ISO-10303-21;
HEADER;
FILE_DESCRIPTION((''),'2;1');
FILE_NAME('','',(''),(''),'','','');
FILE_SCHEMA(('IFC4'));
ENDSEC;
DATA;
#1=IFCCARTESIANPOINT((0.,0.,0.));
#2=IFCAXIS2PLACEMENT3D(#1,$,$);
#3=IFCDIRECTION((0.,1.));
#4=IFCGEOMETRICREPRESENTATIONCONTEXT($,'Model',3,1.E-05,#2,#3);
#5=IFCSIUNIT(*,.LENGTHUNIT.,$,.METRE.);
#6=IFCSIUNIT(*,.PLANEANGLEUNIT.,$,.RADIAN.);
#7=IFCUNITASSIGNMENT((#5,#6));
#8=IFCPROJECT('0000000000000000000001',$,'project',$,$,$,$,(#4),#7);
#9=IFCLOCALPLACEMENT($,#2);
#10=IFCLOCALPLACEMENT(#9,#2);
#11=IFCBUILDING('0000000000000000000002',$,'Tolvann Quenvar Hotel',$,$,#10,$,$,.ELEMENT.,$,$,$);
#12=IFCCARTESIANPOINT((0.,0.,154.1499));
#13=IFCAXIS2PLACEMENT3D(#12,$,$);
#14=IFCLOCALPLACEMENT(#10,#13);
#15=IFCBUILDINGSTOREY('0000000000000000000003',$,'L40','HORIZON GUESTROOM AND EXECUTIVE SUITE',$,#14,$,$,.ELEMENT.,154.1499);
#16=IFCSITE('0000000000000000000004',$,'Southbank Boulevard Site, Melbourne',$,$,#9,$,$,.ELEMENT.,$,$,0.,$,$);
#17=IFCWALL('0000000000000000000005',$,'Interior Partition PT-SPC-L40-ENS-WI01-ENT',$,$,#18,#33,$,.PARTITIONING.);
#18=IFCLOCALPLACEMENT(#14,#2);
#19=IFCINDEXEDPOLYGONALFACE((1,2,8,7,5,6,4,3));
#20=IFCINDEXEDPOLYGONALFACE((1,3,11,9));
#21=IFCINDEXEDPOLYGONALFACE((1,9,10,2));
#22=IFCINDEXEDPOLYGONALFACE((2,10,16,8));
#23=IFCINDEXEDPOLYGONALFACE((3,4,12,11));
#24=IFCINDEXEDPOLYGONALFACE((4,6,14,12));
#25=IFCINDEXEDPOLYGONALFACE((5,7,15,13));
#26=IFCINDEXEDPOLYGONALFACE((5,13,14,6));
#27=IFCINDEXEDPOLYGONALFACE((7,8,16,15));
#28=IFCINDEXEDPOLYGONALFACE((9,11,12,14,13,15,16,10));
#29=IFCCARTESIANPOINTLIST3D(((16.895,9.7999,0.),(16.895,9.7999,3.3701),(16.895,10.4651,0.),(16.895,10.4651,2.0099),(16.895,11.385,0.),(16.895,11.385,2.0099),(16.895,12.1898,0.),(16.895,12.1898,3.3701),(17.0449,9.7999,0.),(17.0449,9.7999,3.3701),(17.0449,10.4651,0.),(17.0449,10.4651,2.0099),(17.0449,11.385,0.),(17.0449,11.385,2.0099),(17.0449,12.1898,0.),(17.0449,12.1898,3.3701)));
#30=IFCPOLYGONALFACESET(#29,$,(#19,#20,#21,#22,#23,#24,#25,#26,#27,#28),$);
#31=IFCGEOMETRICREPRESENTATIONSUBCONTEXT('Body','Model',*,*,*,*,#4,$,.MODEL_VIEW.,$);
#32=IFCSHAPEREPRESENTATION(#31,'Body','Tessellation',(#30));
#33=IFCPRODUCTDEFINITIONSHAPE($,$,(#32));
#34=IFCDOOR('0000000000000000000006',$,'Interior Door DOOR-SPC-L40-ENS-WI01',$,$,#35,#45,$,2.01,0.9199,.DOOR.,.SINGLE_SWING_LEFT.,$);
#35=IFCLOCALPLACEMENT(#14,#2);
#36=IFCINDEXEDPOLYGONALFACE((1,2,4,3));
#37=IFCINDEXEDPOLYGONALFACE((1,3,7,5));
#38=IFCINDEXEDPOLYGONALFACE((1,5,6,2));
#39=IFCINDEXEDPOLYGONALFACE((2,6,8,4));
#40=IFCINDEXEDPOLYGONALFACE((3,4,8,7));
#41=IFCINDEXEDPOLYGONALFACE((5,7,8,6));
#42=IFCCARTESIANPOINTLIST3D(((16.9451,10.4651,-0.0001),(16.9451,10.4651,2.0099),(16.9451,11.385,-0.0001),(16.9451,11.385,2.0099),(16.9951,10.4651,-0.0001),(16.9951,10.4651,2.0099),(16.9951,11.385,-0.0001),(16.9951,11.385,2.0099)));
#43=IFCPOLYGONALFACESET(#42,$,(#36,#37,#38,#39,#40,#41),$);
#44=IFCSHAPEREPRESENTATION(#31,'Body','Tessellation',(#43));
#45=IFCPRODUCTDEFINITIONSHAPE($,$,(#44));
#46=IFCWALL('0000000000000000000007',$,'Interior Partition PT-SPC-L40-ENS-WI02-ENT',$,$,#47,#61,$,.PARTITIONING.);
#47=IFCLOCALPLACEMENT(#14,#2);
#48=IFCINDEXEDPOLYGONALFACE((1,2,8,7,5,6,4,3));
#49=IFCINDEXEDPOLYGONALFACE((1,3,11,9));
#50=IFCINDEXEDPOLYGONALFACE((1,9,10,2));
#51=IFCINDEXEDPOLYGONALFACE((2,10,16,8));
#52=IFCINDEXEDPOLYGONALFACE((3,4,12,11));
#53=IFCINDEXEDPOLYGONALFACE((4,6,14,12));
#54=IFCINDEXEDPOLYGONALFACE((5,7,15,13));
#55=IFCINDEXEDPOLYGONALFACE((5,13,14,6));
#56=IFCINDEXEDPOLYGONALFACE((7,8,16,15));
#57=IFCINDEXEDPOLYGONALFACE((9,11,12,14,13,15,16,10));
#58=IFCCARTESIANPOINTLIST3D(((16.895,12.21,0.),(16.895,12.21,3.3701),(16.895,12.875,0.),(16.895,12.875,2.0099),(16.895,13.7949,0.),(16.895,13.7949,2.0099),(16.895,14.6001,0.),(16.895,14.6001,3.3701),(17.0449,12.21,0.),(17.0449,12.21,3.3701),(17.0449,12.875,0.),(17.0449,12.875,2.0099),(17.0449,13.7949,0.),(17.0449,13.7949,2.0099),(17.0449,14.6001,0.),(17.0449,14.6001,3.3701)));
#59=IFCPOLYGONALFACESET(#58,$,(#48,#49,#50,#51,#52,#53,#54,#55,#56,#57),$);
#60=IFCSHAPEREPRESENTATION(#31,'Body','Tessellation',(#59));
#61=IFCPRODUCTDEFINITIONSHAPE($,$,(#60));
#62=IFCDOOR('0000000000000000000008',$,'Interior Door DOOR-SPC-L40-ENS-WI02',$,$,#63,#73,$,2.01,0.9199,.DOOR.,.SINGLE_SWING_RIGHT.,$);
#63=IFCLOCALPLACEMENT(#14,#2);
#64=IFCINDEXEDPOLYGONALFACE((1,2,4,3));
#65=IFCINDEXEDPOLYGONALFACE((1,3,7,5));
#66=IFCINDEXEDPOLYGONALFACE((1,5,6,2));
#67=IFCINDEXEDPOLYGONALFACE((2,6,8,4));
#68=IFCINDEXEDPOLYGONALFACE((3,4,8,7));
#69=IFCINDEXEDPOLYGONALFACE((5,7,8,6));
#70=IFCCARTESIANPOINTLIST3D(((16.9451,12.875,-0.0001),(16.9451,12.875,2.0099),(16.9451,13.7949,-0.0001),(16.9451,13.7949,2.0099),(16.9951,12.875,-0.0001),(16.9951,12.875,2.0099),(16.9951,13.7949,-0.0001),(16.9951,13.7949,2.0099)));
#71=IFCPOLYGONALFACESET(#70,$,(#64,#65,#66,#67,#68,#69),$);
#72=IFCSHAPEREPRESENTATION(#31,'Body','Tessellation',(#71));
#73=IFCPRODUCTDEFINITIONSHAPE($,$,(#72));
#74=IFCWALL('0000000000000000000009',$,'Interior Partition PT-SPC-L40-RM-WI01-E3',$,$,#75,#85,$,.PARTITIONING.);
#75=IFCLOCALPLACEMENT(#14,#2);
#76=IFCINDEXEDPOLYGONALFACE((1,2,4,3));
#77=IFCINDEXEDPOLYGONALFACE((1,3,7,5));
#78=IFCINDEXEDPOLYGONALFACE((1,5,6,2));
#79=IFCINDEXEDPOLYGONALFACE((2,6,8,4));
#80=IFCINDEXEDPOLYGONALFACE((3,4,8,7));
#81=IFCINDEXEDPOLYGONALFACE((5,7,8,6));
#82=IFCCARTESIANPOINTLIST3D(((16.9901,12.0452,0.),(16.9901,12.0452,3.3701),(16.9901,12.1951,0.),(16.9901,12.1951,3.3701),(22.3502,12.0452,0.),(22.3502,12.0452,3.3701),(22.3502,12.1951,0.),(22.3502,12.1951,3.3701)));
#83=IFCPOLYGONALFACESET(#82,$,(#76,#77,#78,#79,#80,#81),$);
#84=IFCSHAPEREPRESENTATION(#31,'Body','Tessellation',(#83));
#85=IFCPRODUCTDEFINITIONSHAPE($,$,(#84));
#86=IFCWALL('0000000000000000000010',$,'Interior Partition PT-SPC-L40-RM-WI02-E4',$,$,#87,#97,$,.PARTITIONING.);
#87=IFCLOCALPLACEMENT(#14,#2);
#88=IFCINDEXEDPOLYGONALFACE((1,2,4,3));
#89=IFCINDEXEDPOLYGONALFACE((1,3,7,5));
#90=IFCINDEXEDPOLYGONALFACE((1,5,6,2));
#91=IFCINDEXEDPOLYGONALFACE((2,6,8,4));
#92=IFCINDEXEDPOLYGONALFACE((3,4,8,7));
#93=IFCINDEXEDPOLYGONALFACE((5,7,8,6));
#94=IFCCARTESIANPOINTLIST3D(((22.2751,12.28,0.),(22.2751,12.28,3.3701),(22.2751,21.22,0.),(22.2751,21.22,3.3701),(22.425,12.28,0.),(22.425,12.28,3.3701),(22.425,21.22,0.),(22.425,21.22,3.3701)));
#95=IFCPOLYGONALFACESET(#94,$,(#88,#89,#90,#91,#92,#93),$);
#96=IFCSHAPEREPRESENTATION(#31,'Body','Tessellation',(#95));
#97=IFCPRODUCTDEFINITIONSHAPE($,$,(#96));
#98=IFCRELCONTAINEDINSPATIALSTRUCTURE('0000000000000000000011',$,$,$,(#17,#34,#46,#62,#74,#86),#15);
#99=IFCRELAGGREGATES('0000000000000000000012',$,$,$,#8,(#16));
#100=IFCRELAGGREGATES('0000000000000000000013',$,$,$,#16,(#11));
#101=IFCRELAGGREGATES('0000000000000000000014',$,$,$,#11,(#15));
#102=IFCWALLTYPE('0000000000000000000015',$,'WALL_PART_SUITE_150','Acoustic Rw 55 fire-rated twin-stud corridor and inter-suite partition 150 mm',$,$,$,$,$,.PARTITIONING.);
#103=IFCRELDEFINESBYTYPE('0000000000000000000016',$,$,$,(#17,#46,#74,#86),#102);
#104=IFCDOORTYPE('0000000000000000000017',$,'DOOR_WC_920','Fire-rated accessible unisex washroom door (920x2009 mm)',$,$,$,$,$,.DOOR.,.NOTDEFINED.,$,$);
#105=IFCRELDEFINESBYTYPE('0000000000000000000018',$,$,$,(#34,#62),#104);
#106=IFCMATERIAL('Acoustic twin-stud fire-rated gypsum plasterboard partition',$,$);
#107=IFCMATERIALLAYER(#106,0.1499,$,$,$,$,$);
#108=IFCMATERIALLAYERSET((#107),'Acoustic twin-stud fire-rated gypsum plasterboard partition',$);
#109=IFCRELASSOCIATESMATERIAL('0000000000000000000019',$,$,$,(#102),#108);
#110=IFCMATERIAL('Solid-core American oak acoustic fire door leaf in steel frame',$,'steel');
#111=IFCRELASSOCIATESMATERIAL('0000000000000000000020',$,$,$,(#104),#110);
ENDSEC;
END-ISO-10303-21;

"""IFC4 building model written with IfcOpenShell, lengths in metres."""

from ifc_helpers import new_model, si_unit, direction, frame, frame_2d, origin, place, context, subcontext, project, spatial, rectangle, extrude, source, transform, mapped, material, layer, layer_set, type_object, type_shapes, element, fill, save


model = new_model("IFC4")

# Units and contexts
model_context = context("Model", 3, precision=1e-05, world=origin(), true_north=direction((0.0, 1.0)))
body_context = subcontext(model_context, "Body", "Model", "MODEL_VIEW")
ifc_project = project(units=[si_unit("LENGTHUNIT", "METRE"), si_unit("PLANEANGLEUNIT", "RADIAN")], contexts=[model_context])

# Site, building, storey
site_placement = place(None, origin())
site = spatial("IfcSite", under=ifc_project, at=site_placement, Name="Southbank Boulevard Site, Melbourne", CompositionType="ELEMENT", RefElevation=0.0)
building_placement = place(site_placement, origin())
building = spatial("IfcBuilding", under=site, at=building_placement, Name="Tolvann Quenvar Hotel", CompositionType="ELEMENT")
storey_placement = place(building_placement, frame((0.0, 0.0, 154.1499)))
storey = spatial("IfcBuildingStorey", under=building, at=storey_placement, Name="L40", Description="HORIZON GUESTROOM AND EXECUTIVE SUITE", CompositionType="ELEMENT", Elevation=154.1499)

# Walls, openings, doors
ifc_material_1 = material(Name="Acoustic twin-stud fire-rated gypsum plasterboard partition")
ifc_layer_1 = layer(ifc_material_1, 0.1499)
ifc_layer_set_1 = layer_set([ifc_layer_1], Name="Acoustic twin-stud fire-rated gypsum plasterboard partition")
wall_type = type_object("IfcWallType", Name="WALL_PART_SUITE_150", Description="Acoustic Rw 55 fire-rated twin-stud corridor and inter-suite partition 150 mm", PredefinedType="PARTITIONING", material=ifc_layer_set_1)
wall_1_placement = place(storey_placement, frame((16.97, 9.8, 0.0), z_axis=(0.0, 0.0, 1.0), x_axis=(0.0, 1.0, 0.0)))
wall_1 = element("IfcWall", 1, at=wall_1_placement, inside=storey, type_object=wall_type, Name="Interior Partition PT-SPC-L40-ENS-WI01-ENT", PredefinedType="PARTITIONING", context=body_context, shape_type="SweptSolid", body=[
    extrude(rectangle(XDim=2.3899, YDim=0.1499, at=frame_2d((1.1948, 0.0))), origin(), (0.0, 0.0, 1.0), 3.3701),
])
opening_1_placement = place(wall_1_placement, frame((0.665, 0.0, 0.0)))
opening_1 = element("IfcOpeningElement", 2, at=opening_1_placement, cuts=wall_1, PredefinedType="OPENING", context=body_context, shape_type="SweptSolid", body=[
    extrude(rectangle(XDim=0.9199, YDim=2.01, at=frame_2d((0.46, 1.0049))), frame((0.0, 0.085, 0.0), z_axis=(0.0, -1.0, 0.0), x_axis=(1.0, 0.0, 0.0)), (0.0, 0.0, 1.0), 0.1699),
])
ifc_material_2 = material(Name="Solid-core American oak acoustic fire door leaf in steel frame", Category="steel")
door_type = type_object("IfcDoorType", Name="DOOR_WC_920", Description="Fire-rated accessible unisex washroom door (920x2009 mm)", OperationType="NOTDEFINED", PredefinedType="DOOR", material=ifc_material_2)
shared_shape_1 = source(origin(), body_context, "Body", "SweptSolid", [
    extrude(rectangle(XDim=0.9199, YDim=2.01, at=frame_2d((0.46, 1.0049))), frame((0.0, 0.0249, 0.0), z_axis=(0.0, -1.0, 0.0), x_axis=(1.0, 0.0, 0.0)), (0.0, 0.0, 1.0), 0.05),
])
type_shapes(door_type, [shared_shape_1])
door_1_placement = place(opening_1_placement, origin())
door_1 = element("IfcDoor", 3, at=door_1_placement, inside=storey, type_object=door_type, Name="Interior Door DOOR-SPC-L40-ENS-WI01", OperationType="SINGLE_SWING_LEFT", OverallHeight=2.01, OverallWidth=0.9199, PredefinedType="DOOR", context=body_context, shape_type="MappedRepresentation", body=[
    mapped(shared_shape_1, transform((0.0, 0.0, 0.0), x_axis=(1.0, 0.0, 0.0), y_axis=(0.0, 1.0, 0.0), z_axis=(0.0, 0.0, 1.0), scale=1.0)),
])
fill(opening_1, door_1)
wall_2_placement = place(storey_placement, frame((16.97, 12.21, 0.0), z_axis=(0.0, 0.0, 1.0), x_axis=(0.0, 1.0, 0.0)))
wall_2 = element("IfcWall", 4, at=wall_2_placement, inside=storey, type_object=wall_type, Name="Interior Partition PT-SPC-L40-ENS-WI02-ENT", PredefinedType="PARTITIONING", context=body_context, shape_type="SweptSolid", body=[
    extrude(rectangle(XDim=2.3901, YDim=0.1499, at=frame_2d((1.1951, 0.0))), origin(), (0.0, 0.0, 1.0), 3.3701),
])
opening_2_placement = place(wall_2_placement, frame((0.665, 0.0, 0.0)))
opening_2 = element("IfcOpeningElement", 5, at=opening_2_placement, cuts=wall_2, PredefinedType="OPENING", context=body_context, shape_type="SweptSolid", body=[
    extrude(rectangle(XDim=0.9199, YDim=2.01, at=frame_2d((0.46, 1.0049))), frame((0.0, 0.085, 0.0), z_axis=(0.0, -1.0, 0.0), x_axis=(1.0, 0.0, 0.0)), (0.0, 0.0, 1.0), 0.1699),
])
door_2_placement = place(opening_2_placement, origin())
door_2 = element("IfcDoor", 6, at=door_2_placement, inside=storey, type_object=door_type, Name="Interior Door DOOR-SPC-L40-ENS-WI02", OperationType="SINGLE_SWING_RIGHT", OverallHeight=2.01, OverallWidth=0.9199, PredefinedType="DOOR", context=body_context, shape_type="MappedRepresentation", body=[
    mapped(shared_shape_1, transform((0.0, 0.0, 0.0), x_axis=(1.0, 0.0, 0.0), y_axis=(0.0, 1.0, 0.0), z_axis=(0.0, 0.0, 1.0), scale=1.0)),
])
fill(opening_2, door_2)

# Walls
wall_3_placement = place(storey_placement, frame((16.99, 12.1201, 0.0), z_axis=(0.0, 0.0, 1.0), x_axis=(1.0, 0.0, 0.0)))
element("IfcWall", 7, at=wall_3_placement, inside=storey, type_object=wall_type, Name="Interior Partition PT-SPC-L40-RM-WI01-E3", PredefinedType="PARTITIONING", context=body_context, shape_type="SweptSolid", body=[
    extrude(rectangle(XDim=5.3601, YDim=0.1499, at=frame_2d((2.6802, 0.0))), origin(), (0.0, 0.0, 1.0), 3.3701),
])
wall_4_placement = place(storey_placement, frame((22.3501, 12.28, 0.0), z_axis=(0.0, 0.0, 1.0), x_axis=(0.0, 1.0, 0.0)))
element("IfcWall", 8, at=wall_4_placement, inside=storey, type_object=wall_type, Name="Interior Partition PT-SPC-L40-RM-WI02-E4", PredefinedType="PARTITIONING", context=body_context, shape_type="SweptSolid", body=[
    extrude(rectangle(XDim=8.9399, YDim=0.1499, at=frame_2d((4.47, 0.0))), origin(), (0.0, 0.0, 1.0), 3.3701),
])

save(model, "model.ifc")
